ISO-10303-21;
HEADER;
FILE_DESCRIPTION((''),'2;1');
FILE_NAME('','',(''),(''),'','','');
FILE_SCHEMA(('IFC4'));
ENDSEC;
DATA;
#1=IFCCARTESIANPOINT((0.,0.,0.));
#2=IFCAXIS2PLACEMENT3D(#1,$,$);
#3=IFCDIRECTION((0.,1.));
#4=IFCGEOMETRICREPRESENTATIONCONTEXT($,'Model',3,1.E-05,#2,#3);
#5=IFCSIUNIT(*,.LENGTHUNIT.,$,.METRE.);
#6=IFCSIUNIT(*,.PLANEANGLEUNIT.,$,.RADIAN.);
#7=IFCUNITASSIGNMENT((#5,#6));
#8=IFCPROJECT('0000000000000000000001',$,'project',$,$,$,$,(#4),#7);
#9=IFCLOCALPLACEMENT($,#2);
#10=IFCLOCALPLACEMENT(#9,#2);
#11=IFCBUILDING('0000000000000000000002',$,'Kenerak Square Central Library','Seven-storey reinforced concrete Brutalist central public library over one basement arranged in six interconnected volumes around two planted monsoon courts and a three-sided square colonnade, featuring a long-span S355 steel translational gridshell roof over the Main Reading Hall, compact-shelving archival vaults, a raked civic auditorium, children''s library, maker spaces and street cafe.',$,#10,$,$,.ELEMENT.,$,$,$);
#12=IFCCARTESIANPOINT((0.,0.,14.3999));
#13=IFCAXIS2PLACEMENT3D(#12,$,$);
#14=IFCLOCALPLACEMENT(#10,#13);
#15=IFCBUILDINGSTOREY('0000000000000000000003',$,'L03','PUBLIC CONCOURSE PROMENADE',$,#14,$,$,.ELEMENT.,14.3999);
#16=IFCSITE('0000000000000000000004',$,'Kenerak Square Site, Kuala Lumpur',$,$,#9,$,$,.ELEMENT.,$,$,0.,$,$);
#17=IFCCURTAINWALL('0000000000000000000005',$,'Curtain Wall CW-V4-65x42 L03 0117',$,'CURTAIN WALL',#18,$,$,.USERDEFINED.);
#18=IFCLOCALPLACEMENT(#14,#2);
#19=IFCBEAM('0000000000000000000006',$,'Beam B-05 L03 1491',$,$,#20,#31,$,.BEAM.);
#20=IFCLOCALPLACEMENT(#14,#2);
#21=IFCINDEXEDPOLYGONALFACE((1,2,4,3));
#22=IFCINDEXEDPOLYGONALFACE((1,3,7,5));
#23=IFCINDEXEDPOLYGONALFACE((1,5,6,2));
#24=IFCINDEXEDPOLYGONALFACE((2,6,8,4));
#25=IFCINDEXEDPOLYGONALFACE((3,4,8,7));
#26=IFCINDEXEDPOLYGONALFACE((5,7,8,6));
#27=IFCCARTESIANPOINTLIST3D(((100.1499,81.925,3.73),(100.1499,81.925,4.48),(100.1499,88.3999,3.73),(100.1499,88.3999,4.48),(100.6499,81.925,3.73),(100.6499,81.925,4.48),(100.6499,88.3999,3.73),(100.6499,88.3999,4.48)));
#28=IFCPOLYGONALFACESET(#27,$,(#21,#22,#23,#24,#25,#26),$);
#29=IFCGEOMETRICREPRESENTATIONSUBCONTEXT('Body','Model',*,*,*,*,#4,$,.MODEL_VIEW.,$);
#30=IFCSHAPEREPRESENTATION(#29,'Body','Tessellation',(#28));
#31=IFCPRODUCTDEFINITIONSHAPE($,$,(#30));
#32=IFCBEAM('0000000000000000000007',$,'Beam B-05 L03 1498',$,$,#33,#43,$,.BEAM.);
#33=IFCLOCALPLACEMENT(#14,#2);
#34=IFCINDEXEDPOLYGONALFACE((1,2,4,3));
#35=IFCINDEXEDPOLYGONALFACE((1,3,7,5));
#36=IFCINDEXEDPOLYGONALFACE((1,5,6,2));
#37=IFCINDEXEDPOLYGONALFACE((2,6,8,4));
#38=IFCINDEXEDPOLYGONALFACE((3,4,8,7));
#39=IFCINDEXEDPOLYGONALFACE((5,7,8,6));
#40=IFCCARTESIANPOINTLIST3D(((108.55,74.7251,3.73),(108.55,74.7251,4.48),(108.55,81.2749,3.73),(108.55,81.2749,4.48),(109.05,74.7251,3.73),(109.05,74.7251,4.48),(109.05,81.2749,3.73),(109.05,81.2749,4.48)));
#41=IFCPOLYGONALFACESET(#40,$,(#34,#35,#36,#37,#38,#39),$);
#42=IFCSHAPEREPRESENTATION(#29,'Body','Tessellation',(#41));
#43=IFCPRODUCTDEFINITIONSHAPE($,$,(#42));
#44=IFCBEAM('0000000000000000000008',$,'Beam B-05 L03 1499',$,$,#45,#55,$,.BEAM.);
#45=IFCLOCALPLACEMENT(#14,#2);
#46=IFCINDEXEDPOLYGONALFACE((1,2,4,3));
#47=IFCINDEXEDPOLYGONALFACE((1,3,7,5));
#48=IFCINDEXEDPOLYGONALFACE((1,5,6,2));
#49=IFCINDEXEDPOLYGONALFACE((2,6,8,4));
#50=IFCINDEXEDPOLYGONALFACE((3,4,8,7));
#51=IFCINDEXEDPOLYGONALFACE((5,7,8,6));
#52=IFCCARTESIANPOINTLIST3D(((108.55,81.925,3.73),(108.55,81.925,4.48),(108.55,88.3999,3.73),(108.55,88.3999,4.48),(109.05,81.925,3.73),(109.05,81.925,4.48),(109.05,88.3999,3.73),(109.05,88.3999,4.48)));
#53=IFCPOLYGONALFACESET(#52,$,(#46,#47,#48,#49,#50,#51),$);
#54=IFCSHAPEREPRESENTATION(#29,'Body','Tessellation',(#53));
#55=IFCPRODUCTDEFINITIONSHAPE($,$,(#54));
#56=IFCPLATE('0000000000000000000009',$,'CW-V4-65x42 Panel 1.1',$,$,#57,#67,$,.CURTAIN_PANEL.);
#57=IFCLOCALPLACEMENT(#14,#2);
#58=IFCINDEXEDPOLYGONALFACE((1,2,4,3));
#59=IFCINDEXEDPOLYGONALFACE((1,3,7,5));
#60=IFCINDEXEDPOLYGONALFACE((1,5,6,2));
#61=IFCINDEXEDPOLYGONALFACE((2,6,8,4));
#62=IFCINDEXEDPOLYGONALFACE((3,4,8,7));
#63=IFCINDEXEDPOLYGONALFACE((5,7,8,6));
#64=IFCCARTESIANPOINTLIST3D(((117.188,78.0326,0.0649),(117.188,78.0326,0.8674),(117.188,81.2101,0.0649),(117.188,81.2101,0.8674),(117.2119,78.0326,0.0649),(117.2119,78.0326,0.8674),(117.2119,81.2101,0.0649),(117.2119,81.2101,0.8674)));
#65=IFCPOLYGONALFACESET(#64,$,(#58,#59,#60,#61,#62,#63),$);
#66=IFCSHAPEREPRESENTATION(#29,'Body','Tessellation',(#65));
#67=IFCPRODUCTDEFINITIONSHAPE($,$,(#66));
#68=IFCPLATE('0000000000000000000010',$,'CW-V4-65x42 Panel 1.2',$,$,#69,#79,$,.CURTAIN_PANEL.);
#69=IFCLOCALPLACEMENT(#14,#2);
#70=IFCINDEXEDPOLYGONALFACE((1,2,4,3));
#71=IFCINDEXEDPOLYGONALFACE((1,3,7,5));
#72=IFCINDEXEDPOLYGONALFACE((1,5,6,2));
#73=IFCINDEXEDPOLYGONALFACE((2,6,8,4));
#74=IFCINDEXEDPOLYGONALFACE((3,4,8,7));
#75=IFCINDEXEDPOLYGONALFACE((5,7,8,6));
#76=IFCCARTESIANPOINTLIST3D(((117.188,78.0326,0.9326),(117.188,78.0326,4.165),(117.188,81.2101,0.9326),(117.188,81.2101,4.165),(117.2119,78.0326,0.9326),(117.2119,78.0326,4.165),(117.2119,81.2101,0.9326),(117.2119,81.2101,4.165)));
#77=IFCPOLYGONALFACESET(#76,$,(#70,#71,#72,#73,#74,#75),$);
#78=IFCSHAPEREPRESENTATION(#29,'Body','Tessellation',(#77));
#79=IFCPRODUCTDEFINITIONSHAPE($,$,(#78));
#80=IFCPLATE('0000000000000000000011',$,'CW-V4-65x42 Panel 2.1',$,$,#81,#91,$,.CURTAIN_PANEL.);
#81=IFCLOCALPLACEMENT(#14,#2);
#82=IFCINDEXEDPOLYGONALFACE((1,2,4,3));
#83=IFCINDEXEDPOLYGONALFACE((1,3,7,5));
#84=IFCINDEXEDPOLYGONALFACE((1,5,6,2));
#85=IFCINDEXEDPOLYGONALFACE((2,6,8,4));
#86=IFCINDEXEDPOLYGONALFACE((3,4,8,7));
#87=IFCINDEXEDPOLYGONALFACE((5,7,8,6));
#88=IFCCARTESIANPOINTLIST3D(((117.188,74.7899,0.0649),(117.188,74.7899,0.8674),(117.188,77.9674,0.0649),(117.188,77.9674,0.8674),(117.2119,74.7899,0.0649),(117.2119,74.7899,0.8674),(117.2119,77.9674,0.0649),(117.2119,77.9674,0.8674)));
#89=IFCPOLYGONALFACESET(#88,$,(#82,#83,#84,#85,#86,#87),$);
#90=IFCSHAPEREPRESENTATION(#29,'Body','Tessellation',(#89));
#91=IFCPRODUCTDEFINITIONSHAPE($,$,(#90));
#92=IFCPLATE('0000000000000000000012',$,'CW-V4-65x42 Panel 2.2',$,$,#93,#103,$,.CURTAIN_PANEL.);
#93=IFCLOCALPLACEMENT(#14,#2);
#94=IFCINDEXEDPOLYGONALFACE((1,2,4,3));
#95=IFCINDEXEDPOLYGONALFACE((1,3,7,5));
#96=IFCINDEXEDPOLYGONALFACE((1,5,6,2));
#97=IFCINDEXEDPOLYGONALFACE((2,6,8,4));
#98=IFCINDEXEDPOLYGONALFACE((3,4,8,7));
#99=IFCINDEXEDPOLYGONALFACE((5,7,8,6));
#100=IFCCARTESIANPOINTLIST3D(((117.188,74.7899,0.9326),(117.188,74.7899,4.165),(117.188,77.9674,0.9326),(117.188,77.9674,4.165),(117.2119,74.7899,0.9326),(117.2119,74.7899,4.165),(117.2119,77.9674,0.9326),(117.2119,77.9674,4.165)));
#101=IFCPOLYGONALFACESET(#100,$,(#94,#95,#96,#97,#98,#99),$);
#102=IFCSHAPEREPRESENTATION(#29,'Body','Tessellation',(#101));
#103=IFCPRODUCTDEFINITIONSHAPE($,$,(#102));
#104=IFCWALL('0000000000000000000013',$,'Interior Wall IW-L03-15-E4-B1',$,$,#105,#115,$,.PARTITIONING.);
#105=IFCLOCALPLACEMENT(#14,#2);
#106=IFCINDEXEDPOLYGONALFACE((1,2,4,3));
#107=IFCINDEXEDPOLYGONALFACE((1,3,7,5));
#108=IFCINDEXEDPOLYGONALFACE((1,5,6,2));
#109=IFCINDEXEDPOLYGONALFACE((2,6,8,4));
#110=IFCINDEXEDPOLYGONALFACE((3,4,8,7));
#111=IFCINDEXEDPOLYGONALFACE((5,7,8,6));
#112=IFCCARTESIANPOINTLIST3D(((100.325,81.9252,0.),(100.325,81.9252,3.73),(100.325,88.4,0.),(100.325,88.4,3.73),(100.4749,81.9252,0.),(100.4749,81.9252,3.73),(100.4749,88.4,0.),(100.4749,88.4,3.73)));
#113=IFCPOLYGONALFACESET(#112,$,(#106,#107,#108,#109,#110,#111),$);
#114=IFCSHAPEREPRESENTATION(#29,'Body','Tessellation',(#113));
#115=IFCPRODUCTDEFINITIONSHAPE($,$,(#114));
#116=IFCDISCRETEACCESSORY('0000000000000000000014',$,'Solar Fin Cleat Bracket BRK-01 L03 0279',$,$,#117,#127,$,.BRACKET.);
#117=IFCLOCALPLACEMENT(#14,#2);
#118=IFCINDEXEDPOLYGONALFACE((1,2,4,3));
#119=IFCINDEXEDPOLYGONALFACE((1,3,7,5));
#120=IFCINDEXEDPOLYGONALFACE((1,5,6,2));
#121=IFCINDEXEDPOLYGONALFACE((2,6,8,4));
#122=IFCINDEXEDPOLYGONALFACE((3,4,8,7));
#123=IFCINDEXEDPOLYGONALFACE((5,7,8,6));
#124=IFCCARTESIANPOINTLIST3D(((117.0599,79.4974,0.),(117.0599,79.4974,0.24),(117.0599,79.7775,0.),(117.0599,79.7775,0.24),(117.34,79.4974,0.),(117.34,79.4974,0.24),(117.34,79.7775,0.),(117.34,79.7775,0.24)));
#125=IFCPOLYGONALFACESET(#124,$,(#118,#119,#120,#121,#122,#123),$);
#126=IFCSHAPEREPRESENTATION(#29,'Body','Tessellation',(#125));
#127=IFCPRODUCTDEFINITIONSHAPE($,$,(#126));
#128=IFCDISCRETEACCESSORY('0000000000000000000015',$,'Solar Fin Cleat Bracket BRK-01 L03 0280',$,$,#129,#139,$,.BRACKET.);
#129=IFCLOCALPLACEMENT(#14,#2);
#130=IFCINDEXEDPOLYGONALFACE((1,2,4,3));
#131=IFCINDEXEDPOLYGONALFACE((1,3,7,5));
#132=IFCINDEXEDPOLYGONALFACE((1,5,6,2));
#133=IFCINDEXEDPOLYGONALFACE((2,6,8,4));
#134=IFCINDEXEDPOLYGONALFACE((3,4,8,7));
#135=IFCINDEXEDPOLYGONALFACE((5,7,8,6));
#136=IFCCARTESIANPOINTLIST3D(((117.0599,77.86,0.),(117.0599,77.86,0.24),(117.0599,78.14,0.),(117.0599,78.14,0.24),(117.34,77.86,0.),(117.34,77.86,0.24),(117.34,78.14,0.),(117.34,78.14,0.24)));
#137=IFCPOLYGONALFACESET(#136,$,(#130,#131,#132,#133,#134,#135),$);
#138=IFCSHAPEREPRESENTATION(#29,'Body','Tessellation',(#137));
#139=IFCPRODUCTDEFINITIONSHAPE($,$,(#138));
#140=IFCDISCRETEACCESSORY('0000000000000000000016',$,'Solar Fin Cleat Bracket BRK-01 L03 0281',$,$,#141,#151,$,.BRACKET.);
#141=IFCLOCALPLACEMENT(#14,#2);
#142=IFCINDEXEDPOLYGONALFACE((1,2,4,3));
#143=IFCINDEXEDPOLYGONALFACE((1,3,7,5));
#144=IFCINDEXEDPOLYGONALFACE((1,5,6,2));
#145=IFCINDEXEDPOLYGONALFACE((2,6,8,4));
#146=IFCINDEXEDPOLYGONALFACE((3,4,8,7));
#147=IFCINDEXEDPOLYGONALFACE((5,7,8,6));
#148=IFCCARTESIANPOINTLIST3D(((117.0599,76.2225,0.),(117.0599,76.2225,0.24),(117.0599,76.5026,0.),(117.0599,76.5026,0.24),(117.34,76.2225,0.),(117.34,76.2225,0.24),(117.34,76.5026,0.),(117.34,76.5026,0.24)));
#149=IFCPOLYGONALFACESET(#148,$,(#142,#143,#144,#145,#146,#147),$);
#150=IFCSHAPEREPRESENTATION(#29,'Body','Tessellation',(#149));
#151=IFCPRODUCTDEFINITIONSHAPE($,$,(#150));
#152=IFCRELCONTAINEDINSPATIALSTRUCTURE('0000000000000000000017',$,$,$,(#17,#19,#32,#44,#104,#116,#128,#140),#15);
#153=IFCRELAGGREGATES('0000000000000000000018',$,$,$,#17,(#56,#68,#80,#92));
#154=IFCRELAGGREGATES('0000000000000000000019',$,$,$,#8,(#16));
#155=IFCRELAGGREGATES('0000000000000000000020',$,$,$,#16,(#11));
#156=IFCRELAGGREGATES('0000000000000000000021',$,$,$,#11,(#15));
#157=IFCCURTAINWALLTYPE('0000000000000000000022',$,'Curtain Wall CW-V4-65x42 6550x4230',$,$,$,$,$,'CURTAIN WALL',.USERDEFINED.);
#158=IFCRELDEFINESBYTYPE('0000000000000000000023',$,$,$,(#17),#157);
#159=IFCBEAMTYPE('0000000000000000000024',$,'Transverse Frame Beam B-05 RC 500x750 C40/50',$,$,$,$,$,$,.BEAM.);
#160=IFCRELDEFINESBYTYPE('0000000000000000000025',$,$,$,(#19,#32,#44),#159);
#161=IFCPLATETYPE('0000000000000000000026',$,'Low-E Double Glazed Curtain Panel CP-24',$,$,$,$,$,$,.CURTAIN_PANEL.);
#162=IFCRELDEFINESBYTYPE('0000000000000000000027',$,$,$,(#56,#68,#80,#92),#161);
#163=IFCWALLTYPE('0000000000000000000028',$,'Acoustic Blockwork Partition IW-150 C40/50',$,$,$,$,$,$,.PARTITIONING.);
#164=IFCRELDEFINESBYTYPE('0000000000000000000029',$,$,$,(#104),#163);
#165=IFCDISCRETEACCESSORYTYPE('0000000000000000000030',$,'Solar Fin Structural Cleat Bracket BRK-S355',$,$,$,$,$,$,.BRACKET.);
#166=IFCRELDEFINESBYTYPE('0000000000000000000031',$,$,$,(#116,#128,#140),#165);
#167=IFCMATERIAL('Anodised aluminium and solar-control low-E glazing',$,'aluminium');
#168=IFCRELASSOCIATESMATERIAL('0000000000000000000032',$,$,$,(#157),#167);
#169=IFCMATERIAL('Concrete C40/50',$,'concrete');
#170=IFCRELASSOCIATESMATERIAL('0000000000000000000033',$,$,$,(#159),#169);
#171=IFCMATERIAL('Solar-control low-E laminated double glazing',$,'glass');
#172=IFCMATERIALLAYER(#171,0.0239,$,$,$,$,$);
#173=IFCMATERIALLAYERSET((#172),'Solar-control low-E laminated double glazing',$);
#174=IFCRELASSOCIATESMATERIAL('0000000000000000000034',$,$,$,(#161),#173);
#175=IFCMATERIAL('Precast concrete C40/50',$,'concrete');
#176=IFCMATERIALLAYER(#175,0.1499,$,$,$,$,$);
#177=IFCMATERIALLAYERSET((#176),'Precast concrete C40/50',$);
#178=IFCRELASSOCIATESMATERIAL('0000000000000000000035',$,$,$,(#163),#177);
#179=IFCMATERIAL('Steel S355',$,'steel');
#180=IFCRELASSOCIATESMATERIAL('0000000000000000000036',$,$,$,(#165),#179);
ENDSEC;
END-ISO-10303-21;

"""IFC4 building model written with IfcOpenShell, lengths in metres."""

from ifc_helpers import new_model, si_unit, direction, frame, frame_2d, origin, origin_2d, place, context, subcontext, project, spatial, rectangle, extrude, material, layer, layer_set, material_profile, profile_set, type_object, element, aggregate, save


model = new_model("IFC4")

# Units and contexts
model_context = context("Model", 3, precision=1e-05, world=origin(), true_north=direction((0.0, 1.0)))
body_context = subcontext(model_context, "Body", "Model", "MODEL_VIEW")
ifc_project = project(units=[si_unit("LENGTHUNIT", "METRE"), si_unit("PLANEANGLEUNIT", "RADIAN")], contexts=[model_context])

# Site, building, storey
site_placement = place(None, origin())
site = spatial("IfcSite", under=ifc_project, at=site_placement, Name="Kenerak Square Site, Kuala Lumpur", CompositionType="ELEMENT", RefElevation=0.0)
building_placement = place(site_placement, origin())
building = spatial("IfcBuilding", under=site, at=building_placement, Name="Kenerak Square Central Library", Description="Seven-storey reinforced concrete Brutalist central public library over one basement arranged in six interconnected volumes around two planted monsoon courts and a three-sided square colonnade, featuring a long-span S355 steel translational gridshell roof over the Main Reading Hall, compact-shelving archival vaults, a raked civic auditorium, children's library, maker spaces and street cafe.", CompositionType="ELEMENT")
storey_placement = place(building_placement, frame((0.0, 0.0, 14.3999)))
storey = spatial("IfcBuildingStorey", under=building, at=storey_placement, Name="L03", Description="PUBLIC CONCOURSE PROMENADE", CompositionType="ELEMENT", Elevation=14.3999)

# Shared definitions
ifc_material_1 = material(Name="Concrete C40/50", Category="concrete")

# Shared definitions
ifc_material_2 = material(Name="Anodised aluminium and solar-control low-E glazing", Category="aluminium")

# Curtain wall
curtain_wall_type_1 = type_object("IfcCurtainWallType", Name="Curtain Wall CW-V4-65x42 6550x4230", ElementType="CURTAIN WALL", PredefinedType="USERDEFINED", material=ifc_material_2)
curtain_wall_1_placement = place(storey_placement, origin())
curtain_wall_1 = element("IfcCurtainWall", 1, at=curtain_wall_1_placement, inside=storey, type_object=curtain_wall_type_1, Name="Curtain Wall CW-V4-65x42 L03 0117", ObjectType="CURTAIN WALL", PredefinedType="USERDEFINED")

# Beams
ifc_material_profile_1 = material_profile(ifc_material_1, rectangle(XDim=0.5, YDim=0.75, at=origin_2d()), Name="RC 500x750")
ifc_profile_set_1 = profile_set([ifc_material_profile_1], Name="Concrete C40/50")
beam_type_1 = type_object("IfcBeamType", Name="Transverse Frame Beam B-05 RC 500x750 C40/50", PredefinedType="BEAM", material=ifc_profile_set_1)
beam_1_placement = place(storey_placement, frame((100.3999, 81.925, 4.105), z_axis=(0.0, 1.0, 0.0), x_axis=(-1.0, 0.0, 0.0)))
element("IfcBeam", 2, at=beam_1_placement, inside=storey, type_object=beam_type_1, Name="Beam B-05 L03 1491", PredefinedType="BEAM", context=body_context, shape_type="SweptSolid", body=[
    extrude(rectangle(XDim=0.5, YDim=0.75, at=origin_2d()), origin(), (0.0, 0.0, 1.0), 6.4749),
])
beam_2_placement = place(storey_placement, frame((108.8, 74.7251, 4.105), z_axis=(0.0, 1.0, 0.0), x_axis=(-1.0, 0.0, 0.0)))
element("IfcBeam", 3, at=beam_2_placement, inside=storey, type_object=beam_type_1, Name="Beam B-05 L03 1498", PredefinedType="BEAM", context=body_context, shape_type="SweptSolid", body=[
    extrude(rectangle(XDim=0.5, YDim=0.75, at=origin_2d()), origin(), (0.0, 0.0, 1.0), 6.5498),
])
beam_3_placement = place(storey_placement, frame((108.8, 81.925, 4.105), z_axis=(0.0, 1.0, 0.0), x_axis=(-1.0, 0.0, 0.0)))
element("IfcBeam", 4, at=beam_3_placement, inside=storey, type_object=beam_type_1, Name="Beam B-05 L03 1499", PredefinedType="BEAM", context=body_context, shape_type="SweptSolid", body=[
    extrude(rectangle(XDim=0.5, YDim=0.75, at=origin_2d()), origin(), (0.0, 0.0, 1.0), 6.4749),
])

# Plates
ifc_material_3 = material(Name="Solar-control low-E laminated double glazing", Category="glass")
ifc_layer_1 = layer(ifc_material_3, 0.0239)
ifc_layer_set_1 = layer_set([ifc_layer_1], Name="Solar-control low-E laminated double glazing")
plate_type = type_object("IfcPlateType", Name="Low-E Double Glazed Curtain Panel CP-24", PredefinedType="CURTAIN_PANEL", material=ifc_layer_set_1)
plate_1_placement = place(storey_placement, frame((117.2, 79.6213, 0.0649), z_axis=(0.0, 0.0, 1.0), x_axis=(0.0, -1.0, 0.0)))
plate_1 = element("IfcPlate", 5, at=plate_1_placement, type_object=plate_type, Name="CW-V4-65x42 Panel 1.1", PredefinedType="CURTAIN_PANEL", context=body_context, shape_type="SweptSolid", body=[
    extrude(rectangle(XDim=3.1775, YDim=0.0239, at=origin_2d()), origin(), (0.0, 0.0, 1.0), 0.8025),
])
plate_2_placement = place(storey_placement, frame((117.2, 79.6213, 0.9326), z_axis=(0.0, 0.0, 1.0), x_axis=(0.0, -1.0, 0.0)))
plate_2 = element("IfcPlate", 6, at=plate_2_placement, type_object=plate_type, Name="CW-V4-65x42 Panel 1.2", PredefinedType="CURTAIN_PANEL", context=body_context, shape_type="SweptSolid", body=[
    extrude(rectangle(XDim=3.1775, YDim=0.0239, at=origin_2d()), origin(), (0.0, 0.0, 1.0), 3.2324),
])
plate_3_placement = place(storey_placement, frame((117.2, 76.3787, 0.0649), z_axis=(0.0, 0.0, 1.0), x_axis=(0.0, -1.0, 0.0)))
plate_3 = element("IfcPlate", 7, at=plate_3_placement, type_object=plate_type, Name="CW-V4-65x42 Panel 2.1", PredefinedType="CURTAIN_PANEL", context=body_context, shape_type="SweptSolid", body=[
    extrude(rectangle(XDim=3.1775, YDim=0.0239, at=origin_2d()), origin(), (0.0, 0.0, 1.0), 0.8025),
])
plate_4_placement = place(storey_placement, frame((117.2, 76.3787, 0.9326), z_axis=(0.0, 0.0, 1.0), x_axis=(0.0, -1.0, 0.0)))
plate_4 = element("IfcPlate", 8, at=plate_4_placement, type_object=plate_type, Name="CW-V4-65x42 Panel 2.2", PredefinedType="CURTAIN_PANEL", context=body_context, shape_type="SweptSolid", body=[
    extrude(rectangle(XDim=3.1775, YDim=0.0239, at=origin_2d()), origin(), (0.0, 0.0, 1.0), 3.2324),
])
aggregate(curtain_wall_1, [plate_1, plate_2, plate_3, plate_4])

# Wall
ifc_material_4 = material(Name="Precast concrete C40/50", Category="concrete")
ifc_layer_2 = layer(ifc_material_4, 0.1499)
ifc_layer_set_2 = layer_set([ifc_layer_2], Name="Precast concrete C40/50")
wall_type = type_object("IfcWallType", Name="Acoustic Blockwork Partition IW-150 C40/50", PredefinedType="PARTITIONING", material=ifc_layer_set_2)
wall_placement = place(storey_placement, frame((100.3999, 88.3999, 0.0), z_axis=(0.0, 0.0, 1.0), x_axis=(0.0, -1.0, 0.0)))
element("IfcWall", 9, at=wall_placement, inside=storey, type_object=wall_type, Name="Interior Wall IW-L03-15-E4-B1", PredefinedType="PARTITIONING", context=body_context, shape_type="SweptSolid", body=[
    extrude(rectangle(XDim=6.4749, YDim=0.1499, at=frame_2d((3.2373, 0.0))), origin(), (0.0, 0.0, 1.0), 3.73),
])

# Discrete accessories
ifc_material_5 = material(Name="Steel S355", Category="steel")
discrete_accessory_type = type_object("IfcDiscreteAccessoryType", Name="Solar Fin Structural Cleat Bracket BRK-S355", PredefinedType="BRACKET", material=ifc_material_5)
for number, where, z_axis, x_axis, name in (
    (10, (117.2, 79.6375, 0.0), (0.0, 0.0, 1.0), (0.0, -1.0, 0.0), "Solar Fin Cleat Bracket BRK-01 L03 0279"),
    (11, (117.2, 78.0, 0.0), (0.0, 0.0, 1.0), (0.0, -1.0, 0.0), "Solar Fin Cleat Bracket BRK-01 L03 0280"),
    (12, (117.2, 76.3625, 0.0), (0.0, 0.0, 1.0), (0.0, -1.0, 0.0), "Solar Fin Cleat Bracket BRK-01 L03 0281"),
):
    element("IfcDiscreteAccessory", number, at=place(storey_placement, frame(where, z_axis=z_axis, x_axis=x_axis)), inside=storey, type_object=discrete_accessory_type, Name=name, PredefinedType="BRACKET", context=body_context, shape_type="SweptSolid", body=[
        extrude(rectangle(XDim=0.28, YDim=0.28, at=origin_2d()), origin(), (0.0, 0.0, 1.0), 0.24),
    ])

save(model, "model.ifc")
